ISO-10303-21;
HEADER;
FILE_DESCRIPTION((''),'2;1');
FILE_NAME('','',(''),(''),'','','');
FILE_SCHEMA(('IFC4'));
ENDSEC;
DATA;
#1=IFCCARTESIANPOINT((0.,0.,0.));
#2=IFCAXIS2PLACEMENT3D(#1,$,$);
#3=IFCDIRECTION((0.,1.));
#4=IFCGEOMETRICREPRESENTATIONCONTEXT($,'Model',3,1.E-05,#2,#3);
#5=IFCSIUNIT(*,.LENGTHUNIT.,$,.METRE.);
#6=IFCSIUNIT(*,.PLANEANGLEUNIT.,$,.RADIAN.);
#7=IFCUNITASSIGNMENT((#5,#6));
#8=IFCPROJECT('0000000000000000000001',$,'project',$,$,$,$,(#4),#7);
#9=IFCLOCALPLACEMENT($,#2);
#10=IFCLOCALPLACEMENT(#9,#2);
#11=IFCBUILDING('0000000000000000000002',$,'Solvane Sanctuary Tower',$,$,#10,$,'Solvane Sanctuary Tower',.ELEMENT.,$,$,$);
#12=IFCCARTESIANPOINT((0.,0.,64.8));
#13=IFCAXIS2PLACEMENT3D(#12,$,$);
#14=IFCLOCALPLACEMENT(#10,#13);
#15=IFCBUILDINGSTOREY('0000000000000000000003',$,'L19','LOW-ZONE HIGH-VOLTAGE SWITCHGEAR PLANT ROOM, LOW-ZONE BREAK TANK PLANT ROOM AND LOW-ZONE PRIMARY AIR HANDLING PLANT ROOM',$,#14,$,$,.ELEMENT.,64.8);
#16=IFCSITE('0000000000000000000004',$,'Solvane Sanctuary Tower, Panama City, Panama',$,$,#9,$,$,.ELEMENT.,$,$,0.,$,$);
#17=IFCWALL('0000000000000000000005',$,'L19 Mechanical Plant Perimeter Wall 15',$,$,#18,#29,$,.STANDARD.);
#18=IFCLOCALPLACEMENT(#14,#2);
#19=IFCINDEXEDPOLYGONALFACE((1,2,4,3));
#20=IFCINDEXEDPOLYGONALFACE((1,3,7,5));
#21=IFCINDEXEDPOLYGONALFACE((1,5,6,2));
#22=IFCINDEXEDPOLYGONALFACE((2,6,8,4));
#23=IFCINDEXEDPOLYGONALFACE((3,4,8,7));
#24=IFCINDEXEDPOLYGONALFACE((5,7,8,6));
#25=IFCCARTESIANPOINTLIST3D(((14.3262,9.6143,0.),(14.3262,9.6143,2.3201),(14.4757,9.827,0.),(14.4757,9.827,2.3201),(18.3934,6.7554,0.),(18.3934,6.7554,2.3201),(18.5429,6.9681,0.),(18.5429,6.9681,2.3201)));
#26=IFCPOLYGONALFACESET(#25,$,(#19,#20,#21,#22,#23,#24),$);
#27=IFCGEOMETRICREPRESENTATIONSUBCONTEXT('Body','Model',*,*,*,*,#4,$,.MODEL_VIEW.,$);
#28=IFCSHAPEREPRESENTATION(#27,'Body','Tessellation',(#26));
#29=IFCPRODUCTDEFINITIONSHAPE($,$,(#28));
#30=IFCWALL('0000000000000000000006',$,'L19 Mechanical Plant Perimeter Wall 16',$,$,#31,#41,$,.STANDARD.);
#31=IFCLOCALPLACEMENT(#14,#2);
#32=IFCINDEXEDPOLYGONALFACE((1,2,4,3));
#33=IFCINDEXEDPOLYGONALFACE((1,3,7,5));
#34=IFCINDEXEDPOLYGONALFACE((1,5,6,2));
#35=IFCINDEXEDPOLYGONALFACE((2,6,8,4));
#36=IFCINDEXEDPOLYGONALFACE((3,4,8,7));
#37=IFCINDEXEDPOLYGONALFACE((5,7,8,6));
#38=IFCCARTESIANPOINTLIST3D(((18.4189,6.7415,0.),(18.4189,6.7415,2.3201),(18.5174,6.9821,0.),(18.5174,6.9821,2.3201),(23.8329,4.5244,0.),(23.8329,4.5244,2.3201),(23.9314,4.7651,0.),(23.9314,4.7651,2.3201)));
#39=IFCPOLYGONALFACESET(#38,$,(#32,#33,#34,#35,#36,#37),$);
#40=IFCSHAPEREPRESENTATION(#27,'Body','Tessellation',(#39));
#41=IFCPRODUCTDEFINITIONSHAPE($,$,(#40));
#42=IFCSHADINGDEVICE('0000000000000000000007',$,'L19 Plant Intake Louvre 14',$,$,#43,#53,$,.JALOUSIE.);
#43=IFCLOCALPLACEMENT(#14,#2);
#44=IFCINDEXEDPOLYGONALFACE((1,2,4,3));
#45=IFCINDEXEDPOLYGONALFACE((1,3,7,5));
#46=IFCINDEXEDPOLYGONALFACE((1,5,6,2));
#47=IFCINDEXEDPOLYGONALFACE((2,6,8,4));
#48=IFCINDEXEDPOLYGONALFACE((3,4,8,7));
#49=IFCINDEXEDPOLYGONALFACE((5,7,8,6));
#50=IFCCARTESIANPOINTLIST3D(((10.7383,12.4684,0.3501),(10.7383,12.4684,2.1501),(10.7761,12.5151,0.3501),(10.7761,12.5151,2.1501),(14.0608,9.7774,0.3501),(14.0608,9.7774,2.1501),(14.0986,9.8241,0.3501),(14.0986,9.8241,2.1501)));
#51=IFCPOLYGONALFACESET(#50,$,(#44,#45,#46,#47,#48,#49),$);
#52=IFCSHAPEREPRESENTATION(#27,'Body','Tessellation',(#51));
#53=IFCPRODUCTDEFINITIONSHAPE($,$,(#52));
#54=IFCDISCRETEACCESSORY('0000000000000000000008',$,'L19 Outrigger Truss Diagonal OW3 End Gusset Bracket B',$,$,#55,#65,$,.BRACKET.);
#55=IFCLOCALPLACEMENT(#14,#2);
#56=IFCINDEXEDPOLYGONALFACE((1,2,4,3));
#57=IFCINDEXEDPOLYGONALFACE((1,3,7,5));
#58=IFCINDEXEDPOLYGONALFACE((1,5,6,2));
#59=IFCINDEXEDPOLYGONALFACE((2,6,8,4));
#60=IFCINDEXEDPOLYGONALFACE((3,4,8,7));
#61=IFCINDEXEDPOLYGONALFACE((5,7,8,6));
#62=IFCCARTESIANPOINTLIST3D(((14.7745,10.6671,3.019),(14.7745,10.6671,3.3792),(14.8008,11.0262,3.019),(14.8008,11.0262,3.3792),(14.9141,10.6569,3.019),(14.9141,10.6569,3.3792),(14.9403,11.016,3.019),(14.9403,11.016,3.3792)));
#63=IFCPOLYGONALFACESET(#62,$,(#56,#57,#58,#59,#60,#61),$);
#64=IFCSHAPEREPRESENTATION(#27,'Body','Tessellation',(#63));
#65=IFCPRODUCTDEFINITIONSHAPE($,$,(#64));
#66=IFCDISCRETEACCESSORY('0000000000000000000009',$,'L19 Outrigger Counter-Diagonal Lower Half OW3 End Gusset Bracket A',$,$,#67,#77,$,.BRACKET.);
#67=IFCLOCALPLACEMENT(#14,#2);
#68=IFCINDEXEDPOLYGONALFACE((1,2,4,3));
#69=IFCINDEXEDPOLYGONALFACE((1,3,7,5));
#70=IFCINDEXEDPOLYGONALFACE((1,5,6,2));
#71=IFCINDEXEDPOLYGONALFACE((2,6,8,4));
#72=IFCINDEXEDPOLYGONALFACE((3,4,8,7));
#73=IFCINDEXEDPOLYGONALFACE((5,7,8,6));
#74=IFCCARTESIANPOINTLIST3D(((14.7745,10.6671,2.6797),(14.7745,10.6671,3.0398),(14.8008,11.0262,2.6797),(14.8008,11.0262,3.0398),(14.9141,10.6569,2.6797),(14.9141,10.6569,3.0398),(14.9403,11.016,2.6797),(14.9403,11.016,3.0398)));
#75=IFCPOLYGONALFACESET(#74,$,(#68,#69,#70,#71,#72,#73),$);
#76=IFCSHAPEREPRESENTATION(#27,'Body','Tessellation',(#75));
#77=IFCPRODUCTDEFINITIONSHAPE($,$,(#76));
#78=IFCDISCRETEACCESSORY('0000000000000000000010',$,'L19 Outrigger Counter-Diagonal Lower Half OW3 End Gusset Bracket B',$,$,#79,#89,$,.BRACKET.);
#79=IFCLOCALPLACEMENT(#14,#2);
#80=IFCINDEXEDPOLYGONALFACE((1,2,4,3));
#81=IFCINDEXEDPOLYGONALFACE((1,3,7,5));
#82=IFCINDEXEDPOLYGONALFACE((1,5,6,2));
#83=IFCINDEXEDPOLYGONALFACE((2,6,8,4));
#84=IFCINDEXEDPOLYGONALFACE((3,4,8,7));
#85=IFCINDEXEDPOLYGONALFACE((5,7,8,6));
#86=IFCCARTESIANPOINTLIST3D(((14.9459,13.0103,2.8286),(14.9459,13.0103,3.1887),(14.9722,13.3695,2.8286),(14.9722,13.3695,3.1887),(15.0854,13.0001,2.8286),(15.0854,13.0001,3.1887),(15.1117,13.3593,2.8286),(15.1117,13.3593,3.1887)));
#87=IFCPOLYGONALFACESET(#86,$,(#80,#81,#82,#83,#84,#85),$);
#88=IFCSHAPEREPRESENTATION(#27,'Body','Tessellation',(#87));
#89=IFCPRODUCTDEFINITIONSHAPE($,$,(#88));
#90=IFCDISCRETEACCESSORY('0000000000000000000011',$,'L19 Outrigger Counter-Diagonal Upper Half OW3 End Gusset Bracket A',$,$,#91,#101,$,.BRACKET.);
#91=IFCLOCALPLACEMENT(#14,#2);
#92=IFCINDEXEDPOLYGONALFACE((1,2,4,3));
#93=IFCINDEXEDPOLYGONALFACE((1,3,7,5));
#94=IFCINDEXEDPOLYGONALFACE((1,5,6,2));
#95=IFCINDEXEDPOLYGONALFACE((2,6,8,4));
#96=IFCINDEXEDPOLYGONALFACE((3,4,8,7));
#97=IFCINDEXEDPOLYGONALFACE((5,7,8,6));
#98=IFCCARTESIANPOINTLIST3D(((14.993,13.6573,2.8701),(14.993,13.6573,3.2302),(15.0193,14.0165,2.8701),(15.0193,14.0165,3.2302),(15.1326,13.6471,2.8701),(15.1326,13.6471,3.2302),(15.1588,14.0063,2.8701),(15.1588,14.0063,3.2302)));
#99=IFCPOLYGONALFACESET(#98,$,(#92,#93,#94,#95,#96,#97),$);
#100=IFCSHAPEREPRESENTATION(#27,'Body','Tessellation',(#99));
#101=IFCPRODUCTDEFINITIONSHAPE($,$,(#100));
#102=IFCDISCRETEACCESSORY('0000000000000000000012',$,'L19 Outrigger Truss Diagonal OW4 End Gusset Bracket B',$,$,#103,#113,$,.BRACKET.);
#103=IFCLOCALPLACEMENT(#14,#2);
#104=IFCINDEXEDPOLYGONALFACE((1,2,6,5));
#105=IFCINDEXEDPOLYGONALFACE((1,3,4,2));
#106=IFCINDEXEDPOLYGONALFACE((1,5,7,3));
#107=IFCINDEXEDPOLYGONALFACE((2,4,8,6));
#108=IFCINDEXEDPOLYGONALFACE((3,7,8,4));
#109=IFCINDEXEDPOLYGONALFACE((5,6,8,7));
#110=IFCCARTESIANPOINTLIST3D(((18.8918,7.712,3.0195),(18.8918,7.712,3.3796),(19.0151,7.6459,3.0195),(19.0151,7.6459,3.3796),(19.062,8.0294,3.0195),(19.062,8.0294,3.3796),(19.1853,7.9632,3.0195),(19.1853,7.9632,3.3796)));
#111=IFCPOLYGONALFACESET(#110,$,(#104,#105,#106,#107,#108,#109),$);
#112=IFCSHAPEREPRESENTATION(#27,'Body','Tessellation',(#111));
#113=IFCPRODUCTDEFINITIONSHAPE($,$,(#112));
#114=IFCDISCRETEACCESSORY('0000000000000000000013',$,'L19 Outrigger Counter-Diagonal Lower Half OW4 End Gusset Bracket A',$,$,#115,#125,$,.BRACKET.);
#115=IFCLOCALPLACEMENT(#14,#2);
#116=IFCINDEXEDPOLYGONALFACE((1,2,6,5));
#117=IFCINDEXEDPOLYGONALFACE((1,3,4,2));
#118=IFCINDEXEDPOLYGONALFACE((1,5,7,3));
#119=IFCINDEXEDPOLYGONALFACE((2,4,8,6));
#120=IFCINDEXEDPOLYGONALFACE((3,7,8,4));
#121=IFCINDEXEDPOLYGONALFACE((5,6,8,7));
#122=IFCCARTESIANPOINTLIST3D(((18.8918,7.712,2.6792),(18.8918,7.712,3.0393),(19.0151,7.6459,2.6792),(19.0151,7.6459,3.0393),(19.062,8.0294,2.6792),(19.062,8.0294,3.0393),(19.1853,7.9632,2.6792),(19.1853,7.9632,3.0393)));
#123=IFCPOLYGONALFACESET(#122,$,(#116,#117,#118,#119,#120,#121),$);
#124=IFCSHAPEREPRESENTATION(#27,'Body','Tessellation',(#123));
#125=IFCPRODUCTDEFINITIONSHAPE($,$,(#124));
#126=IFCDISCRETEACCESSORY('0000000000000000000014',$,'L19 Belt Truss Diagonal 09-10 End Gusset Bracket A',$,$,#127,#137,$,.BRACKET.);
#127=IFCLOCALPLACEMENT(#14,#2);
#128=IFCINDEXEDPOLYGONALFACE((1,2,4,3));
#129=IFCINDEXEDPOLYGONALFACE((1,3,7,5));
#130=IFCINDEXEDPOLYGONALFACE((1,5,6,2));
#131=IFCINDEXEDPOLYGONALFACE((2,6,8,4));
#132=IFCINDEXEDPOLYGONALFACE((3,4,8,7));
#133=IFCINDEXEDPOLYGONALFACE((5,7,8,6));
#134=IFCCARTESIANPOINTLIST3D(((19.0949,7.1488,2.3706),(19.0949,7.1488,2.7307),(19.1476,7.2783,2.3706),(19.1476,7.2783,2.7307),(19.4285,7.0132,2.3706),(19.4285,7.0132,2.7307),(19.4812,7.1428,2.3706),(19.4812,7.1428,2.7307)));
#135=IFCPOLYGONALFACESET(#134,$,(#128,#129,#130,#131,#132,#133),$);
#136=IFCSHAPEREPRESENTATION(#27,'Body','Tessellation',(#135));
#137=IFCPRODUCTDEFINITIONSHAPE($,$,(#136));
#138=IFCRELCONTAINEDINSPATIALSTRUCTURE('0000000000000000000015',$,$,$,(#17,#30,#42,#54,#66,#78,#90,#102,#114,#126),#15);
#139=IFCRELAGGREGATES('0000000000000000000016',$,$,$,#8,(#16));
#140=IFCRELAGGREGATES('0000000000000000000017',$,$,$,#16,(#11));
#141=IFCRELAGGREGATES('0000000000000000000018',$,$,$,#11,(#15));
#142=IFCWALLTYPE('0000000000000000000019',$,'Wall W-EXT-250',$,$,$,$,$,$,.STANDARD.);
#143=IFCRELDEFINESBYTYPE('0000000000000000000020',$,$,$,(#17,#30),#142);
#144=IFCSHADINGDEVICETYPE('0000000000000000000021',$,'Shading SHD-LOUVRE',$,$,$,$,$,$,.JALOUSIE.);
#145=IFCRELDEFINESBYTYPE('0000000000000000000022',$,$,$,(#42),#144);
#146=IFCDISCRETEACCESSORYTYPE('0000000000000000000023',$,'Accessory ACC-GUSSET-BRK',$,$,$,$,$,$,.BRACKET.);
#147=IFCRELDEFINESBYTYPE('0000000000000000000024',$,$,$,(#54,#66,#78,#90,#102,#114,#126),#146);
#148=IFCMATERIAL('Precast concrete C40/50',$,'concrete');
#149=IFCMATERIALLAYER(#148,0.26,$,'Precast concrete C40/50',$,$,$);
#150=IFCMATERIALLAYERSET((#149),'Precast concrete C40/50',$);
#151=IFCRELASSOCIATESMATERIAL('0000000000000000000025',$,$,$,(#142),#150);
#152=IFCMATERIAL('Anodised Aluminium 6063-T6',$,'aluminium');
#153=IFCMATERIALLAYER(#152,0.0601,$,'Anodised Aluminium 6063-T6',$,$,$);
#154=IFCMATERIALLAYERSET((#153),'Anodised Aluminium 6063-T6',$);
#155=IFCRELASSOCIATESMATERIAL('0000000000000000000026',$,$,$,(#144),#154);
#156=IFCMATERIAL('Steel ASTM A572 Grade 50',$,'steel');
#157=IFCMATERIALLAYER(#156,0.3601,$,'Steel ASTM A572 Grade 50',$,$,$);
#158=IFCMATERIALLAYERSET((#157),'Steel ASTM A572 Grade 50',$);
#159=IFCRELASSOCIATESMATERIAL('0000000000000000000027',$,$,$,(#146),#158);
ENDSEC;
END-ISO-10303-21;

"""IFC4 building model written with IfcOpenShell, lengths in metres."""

from ifc_helpers import new_model, si_unit, direction, frame, frame_2d, origin, origin_2d, place, context, subcontext, project, spatial, rectangle, extrude, material, layer, layer_set, type_object, element, save


model = new_model("IFC4")

# Units and contexts
model_context = context("Model", 3, precision=1e-05, world=origin(), true_north=direction((0.0, 1.0)))
body_context = subcontext(model_context, "Body", "Model", "MODEL_VIEW")
ifc_project = project(units=[si_unit("LENGTHUNIT", "METRE"), si_unit("PLANEANGLEUNIT", "RADIAN")], contexts=[model_context])

# Site, building, storey
site_placement = place(None, origin())
site = spatial("IfcSite", under=ifc_project, at=site_placement, Name="Solvane Sanctuary Tower, Panama City, Panama", CompositionType="ELEMENT", RefElevation=0.0)
building_placement = place(site_placement, origin())
building = spatial("IfcBuilding", under=site, at=building_placement, Name="Solvane Sanctuary Tower", LongName="Solvane Sanctuary Tower", CompositionType="ELEMENT")
storey_placement = place(building_placement, frame((0.0, 0.0, 64.8)))
storey = spatial("IfcBuildingStorey", under=building, at=storey_placement, Name="L19", Description="LOW-ZONE HIGH-VOLTAGE SWITCHGEAR PLANT ROOM, LOW-ZONE BREAK TANK PLANT ROOM AND LOW-ZONE PRIMARY AIR HANDLING PLANT ROOM", CompositionType="ELEMENT", Elevation=64.8)

# Shared definitions
ifc_material_1 = material(Name="Steel ASTM A572 Grade 50", Category="steel")

# Walls
ifc_material_2 = material(Name="Precast concrete C40/50", Category="concrete")
ifc_layer_1 = layer(ifc_material_2, 0.26, Name="Precast concrete C40/50")
ifc_layer_set_1 = layer_set([ifc_layer_1], Name="Precast concrete C40/50")
wall_type = type_object("IfcWallType", Name="Wall W-EXT-250", PredefinedType="STANDARD", material=ifc_layer_set_1)
wall_1_placement = place(storey_placement, frame((14.4009, 9.7207, 0.0), z_axis=(0.0, 0.0, 1.0), x_axis=(0.818107, -0.575066, 0.0)))
element("IfcWall", 1, at=wall_1_placement, inside=storey, type_object=wall_type, Name="L19 Mechanical Plant Perimeter Wall 15", PredefinedType="STANDARD", context=body_context, shape_type="SweptSolid", body=[
    extrude(rectangle(XDim=4.9714, YDim=0.26, at=frame_2d((2.4858, 0.0))), origin(), (0.0, 0.0, 1.0), 2.3201),
])
wall_2_placement = place(storey_placement, frame((18.468, 6.8618, 0.0), z_axis=(0.0, 0.0, 1.0), x_axis=(0.925415, -0.378955, 0.0)))
element("IfcWall", 2, at=wall_2_placement, inside=storey, type_object=wall_type, Name="L19 Mechanical Plant Perimeter Wall 16", PredefinedType="STANDARD", context=body_context, shape_type="SweptSolid", body=[
    extrude(rectangle(XDim=5.8503, YDim=0.26, at=frame_2d((2.9253, 0.0))), origin(), (0.0, 0.0, 1.0), 2.3201),
])

# Shading device
ifc_material_3 = material(Name="Anodised Aluminium 6063-T6", Category="aluminium")
ifc_layer_2 = layer(ifc_material_3, 0.0601, Name="Anodised Aluminium 6063-T6")
ifc_layer_set_2 = layer_set([ifc_layer_2], Name="Anodised Aluminium 6063-T6")
shading_device_type = type_object("IfcShadingDeviceType", Name="Shading SHD-LOUVRE", PredefinedType="JALOUSIE", material=ifc_layer_set_2)
shading_device_placement = place(storey_placement, frame((12.4185, 11.1462, 0.3501), z_axis=(0.0, 0.0, 1.0), x_axis=(0.777094, -0.629384, 0.0)))
element("IfcShadingDevice", 3, at=shading_device_placement, inside=storey, type_object=shading_device_type, Name="L19 Plant Intake Louvre 14", PredefinedType="JALOUSIE", context=body_context, shape_type="SweptSolid", body=[
    extrude(rectangle(XDim=4.2756, YDim=0.0601, at=origin_2d()), origin(), (0.0, 0.0, 1.0), 1.8),
])

# Discrete accessories
ifc_layer_3 = layer(ifc_material_1, 0.3601, Name="Steel ASTM A572 Grade 50")
ifc_layer_set_3 = layer_set([ifc_layer_3], Name="Steel ASTM A572 Grade 50")
discrete_accessory_type = type_object("IfcDiscreteAccessoryType", Name="Accessory ACC-GUSSET-BRK", PredefinedType="BRACKET", material=ifc_layer_set_3)
for number, where, z_axis, x_axis, name in (
    (4, (14.8574, 10.8416, 3.019), (0.0, 0.0, 1.0), (-0.07289, -0.99734, 0.0), "L19 Outrigger Truss Diagonal OW3 End Gusset Bracket B"),
    (5, (14.8574, 10.8416, 2.6797), (0.0, 0.0, 1.0), (0.07289, 0.99734, 0.0), "L19 Outrigger Counter-Diagonal Lower Half OW3 End Gusset Bracket A"),
    (6, (15.0288, 13.1848, 2.8286), (0.0, 0.0, 1.0), (0.07289, 0.99734, 0.0), "L19 Outrigger Counter-Diagonal Lower Half OW3 End Gusset Bracket B"),
    (7, (15.0759, 13.8318, 2.8701), (0.0, 0.0, 1.0), (0.07289, 0.99734, 0.0), "L19 Outrigger Counter-Diagonal Upper Half OW3 End Gusset Bracket A"),
    (8, (19.0386, 7.8376, 3.0195), (0.0, 0.0, 1.0), (-0.472705, -0.881221, 0.0), "L19 Outrigger Truss Diagonal OW4 End Gusset Bracket B"),
    (9, (19.0386, 7.8376, 2.6792), (0.0, 0.0, 1.0), (0.472705, 0.881221, 0.0), "L19 Outrigger Counter-Diagonal Lower Half OW4 End Gusset Bracket A"),
    (10, (19.2881, 7.1458, 2.3706), (0.0, 0.0, 1.0), (0.926397, -0.376548, 0.0), "L19 Belt Truss Diagonal 09-10 End Gusset Bracket A"),
):
    element("IfcDiscreteAccessory", number, at=place(storey_placement, frame(where, z_axis=z_axis, x_axis=x_axis)), inside=storey, type_object=discrete_accessory_type, Name=name, PredefinedType="BRACKET", context=body_context, shape_type="SweptSolid", body=[
        extrude(rectangle(XDim=0.3601, YDim=0.1399, at=origin_2d()), origin(), (0.0, 0.0, 1.0), 0.3601),
    ])

save(model, "model.ifc")
